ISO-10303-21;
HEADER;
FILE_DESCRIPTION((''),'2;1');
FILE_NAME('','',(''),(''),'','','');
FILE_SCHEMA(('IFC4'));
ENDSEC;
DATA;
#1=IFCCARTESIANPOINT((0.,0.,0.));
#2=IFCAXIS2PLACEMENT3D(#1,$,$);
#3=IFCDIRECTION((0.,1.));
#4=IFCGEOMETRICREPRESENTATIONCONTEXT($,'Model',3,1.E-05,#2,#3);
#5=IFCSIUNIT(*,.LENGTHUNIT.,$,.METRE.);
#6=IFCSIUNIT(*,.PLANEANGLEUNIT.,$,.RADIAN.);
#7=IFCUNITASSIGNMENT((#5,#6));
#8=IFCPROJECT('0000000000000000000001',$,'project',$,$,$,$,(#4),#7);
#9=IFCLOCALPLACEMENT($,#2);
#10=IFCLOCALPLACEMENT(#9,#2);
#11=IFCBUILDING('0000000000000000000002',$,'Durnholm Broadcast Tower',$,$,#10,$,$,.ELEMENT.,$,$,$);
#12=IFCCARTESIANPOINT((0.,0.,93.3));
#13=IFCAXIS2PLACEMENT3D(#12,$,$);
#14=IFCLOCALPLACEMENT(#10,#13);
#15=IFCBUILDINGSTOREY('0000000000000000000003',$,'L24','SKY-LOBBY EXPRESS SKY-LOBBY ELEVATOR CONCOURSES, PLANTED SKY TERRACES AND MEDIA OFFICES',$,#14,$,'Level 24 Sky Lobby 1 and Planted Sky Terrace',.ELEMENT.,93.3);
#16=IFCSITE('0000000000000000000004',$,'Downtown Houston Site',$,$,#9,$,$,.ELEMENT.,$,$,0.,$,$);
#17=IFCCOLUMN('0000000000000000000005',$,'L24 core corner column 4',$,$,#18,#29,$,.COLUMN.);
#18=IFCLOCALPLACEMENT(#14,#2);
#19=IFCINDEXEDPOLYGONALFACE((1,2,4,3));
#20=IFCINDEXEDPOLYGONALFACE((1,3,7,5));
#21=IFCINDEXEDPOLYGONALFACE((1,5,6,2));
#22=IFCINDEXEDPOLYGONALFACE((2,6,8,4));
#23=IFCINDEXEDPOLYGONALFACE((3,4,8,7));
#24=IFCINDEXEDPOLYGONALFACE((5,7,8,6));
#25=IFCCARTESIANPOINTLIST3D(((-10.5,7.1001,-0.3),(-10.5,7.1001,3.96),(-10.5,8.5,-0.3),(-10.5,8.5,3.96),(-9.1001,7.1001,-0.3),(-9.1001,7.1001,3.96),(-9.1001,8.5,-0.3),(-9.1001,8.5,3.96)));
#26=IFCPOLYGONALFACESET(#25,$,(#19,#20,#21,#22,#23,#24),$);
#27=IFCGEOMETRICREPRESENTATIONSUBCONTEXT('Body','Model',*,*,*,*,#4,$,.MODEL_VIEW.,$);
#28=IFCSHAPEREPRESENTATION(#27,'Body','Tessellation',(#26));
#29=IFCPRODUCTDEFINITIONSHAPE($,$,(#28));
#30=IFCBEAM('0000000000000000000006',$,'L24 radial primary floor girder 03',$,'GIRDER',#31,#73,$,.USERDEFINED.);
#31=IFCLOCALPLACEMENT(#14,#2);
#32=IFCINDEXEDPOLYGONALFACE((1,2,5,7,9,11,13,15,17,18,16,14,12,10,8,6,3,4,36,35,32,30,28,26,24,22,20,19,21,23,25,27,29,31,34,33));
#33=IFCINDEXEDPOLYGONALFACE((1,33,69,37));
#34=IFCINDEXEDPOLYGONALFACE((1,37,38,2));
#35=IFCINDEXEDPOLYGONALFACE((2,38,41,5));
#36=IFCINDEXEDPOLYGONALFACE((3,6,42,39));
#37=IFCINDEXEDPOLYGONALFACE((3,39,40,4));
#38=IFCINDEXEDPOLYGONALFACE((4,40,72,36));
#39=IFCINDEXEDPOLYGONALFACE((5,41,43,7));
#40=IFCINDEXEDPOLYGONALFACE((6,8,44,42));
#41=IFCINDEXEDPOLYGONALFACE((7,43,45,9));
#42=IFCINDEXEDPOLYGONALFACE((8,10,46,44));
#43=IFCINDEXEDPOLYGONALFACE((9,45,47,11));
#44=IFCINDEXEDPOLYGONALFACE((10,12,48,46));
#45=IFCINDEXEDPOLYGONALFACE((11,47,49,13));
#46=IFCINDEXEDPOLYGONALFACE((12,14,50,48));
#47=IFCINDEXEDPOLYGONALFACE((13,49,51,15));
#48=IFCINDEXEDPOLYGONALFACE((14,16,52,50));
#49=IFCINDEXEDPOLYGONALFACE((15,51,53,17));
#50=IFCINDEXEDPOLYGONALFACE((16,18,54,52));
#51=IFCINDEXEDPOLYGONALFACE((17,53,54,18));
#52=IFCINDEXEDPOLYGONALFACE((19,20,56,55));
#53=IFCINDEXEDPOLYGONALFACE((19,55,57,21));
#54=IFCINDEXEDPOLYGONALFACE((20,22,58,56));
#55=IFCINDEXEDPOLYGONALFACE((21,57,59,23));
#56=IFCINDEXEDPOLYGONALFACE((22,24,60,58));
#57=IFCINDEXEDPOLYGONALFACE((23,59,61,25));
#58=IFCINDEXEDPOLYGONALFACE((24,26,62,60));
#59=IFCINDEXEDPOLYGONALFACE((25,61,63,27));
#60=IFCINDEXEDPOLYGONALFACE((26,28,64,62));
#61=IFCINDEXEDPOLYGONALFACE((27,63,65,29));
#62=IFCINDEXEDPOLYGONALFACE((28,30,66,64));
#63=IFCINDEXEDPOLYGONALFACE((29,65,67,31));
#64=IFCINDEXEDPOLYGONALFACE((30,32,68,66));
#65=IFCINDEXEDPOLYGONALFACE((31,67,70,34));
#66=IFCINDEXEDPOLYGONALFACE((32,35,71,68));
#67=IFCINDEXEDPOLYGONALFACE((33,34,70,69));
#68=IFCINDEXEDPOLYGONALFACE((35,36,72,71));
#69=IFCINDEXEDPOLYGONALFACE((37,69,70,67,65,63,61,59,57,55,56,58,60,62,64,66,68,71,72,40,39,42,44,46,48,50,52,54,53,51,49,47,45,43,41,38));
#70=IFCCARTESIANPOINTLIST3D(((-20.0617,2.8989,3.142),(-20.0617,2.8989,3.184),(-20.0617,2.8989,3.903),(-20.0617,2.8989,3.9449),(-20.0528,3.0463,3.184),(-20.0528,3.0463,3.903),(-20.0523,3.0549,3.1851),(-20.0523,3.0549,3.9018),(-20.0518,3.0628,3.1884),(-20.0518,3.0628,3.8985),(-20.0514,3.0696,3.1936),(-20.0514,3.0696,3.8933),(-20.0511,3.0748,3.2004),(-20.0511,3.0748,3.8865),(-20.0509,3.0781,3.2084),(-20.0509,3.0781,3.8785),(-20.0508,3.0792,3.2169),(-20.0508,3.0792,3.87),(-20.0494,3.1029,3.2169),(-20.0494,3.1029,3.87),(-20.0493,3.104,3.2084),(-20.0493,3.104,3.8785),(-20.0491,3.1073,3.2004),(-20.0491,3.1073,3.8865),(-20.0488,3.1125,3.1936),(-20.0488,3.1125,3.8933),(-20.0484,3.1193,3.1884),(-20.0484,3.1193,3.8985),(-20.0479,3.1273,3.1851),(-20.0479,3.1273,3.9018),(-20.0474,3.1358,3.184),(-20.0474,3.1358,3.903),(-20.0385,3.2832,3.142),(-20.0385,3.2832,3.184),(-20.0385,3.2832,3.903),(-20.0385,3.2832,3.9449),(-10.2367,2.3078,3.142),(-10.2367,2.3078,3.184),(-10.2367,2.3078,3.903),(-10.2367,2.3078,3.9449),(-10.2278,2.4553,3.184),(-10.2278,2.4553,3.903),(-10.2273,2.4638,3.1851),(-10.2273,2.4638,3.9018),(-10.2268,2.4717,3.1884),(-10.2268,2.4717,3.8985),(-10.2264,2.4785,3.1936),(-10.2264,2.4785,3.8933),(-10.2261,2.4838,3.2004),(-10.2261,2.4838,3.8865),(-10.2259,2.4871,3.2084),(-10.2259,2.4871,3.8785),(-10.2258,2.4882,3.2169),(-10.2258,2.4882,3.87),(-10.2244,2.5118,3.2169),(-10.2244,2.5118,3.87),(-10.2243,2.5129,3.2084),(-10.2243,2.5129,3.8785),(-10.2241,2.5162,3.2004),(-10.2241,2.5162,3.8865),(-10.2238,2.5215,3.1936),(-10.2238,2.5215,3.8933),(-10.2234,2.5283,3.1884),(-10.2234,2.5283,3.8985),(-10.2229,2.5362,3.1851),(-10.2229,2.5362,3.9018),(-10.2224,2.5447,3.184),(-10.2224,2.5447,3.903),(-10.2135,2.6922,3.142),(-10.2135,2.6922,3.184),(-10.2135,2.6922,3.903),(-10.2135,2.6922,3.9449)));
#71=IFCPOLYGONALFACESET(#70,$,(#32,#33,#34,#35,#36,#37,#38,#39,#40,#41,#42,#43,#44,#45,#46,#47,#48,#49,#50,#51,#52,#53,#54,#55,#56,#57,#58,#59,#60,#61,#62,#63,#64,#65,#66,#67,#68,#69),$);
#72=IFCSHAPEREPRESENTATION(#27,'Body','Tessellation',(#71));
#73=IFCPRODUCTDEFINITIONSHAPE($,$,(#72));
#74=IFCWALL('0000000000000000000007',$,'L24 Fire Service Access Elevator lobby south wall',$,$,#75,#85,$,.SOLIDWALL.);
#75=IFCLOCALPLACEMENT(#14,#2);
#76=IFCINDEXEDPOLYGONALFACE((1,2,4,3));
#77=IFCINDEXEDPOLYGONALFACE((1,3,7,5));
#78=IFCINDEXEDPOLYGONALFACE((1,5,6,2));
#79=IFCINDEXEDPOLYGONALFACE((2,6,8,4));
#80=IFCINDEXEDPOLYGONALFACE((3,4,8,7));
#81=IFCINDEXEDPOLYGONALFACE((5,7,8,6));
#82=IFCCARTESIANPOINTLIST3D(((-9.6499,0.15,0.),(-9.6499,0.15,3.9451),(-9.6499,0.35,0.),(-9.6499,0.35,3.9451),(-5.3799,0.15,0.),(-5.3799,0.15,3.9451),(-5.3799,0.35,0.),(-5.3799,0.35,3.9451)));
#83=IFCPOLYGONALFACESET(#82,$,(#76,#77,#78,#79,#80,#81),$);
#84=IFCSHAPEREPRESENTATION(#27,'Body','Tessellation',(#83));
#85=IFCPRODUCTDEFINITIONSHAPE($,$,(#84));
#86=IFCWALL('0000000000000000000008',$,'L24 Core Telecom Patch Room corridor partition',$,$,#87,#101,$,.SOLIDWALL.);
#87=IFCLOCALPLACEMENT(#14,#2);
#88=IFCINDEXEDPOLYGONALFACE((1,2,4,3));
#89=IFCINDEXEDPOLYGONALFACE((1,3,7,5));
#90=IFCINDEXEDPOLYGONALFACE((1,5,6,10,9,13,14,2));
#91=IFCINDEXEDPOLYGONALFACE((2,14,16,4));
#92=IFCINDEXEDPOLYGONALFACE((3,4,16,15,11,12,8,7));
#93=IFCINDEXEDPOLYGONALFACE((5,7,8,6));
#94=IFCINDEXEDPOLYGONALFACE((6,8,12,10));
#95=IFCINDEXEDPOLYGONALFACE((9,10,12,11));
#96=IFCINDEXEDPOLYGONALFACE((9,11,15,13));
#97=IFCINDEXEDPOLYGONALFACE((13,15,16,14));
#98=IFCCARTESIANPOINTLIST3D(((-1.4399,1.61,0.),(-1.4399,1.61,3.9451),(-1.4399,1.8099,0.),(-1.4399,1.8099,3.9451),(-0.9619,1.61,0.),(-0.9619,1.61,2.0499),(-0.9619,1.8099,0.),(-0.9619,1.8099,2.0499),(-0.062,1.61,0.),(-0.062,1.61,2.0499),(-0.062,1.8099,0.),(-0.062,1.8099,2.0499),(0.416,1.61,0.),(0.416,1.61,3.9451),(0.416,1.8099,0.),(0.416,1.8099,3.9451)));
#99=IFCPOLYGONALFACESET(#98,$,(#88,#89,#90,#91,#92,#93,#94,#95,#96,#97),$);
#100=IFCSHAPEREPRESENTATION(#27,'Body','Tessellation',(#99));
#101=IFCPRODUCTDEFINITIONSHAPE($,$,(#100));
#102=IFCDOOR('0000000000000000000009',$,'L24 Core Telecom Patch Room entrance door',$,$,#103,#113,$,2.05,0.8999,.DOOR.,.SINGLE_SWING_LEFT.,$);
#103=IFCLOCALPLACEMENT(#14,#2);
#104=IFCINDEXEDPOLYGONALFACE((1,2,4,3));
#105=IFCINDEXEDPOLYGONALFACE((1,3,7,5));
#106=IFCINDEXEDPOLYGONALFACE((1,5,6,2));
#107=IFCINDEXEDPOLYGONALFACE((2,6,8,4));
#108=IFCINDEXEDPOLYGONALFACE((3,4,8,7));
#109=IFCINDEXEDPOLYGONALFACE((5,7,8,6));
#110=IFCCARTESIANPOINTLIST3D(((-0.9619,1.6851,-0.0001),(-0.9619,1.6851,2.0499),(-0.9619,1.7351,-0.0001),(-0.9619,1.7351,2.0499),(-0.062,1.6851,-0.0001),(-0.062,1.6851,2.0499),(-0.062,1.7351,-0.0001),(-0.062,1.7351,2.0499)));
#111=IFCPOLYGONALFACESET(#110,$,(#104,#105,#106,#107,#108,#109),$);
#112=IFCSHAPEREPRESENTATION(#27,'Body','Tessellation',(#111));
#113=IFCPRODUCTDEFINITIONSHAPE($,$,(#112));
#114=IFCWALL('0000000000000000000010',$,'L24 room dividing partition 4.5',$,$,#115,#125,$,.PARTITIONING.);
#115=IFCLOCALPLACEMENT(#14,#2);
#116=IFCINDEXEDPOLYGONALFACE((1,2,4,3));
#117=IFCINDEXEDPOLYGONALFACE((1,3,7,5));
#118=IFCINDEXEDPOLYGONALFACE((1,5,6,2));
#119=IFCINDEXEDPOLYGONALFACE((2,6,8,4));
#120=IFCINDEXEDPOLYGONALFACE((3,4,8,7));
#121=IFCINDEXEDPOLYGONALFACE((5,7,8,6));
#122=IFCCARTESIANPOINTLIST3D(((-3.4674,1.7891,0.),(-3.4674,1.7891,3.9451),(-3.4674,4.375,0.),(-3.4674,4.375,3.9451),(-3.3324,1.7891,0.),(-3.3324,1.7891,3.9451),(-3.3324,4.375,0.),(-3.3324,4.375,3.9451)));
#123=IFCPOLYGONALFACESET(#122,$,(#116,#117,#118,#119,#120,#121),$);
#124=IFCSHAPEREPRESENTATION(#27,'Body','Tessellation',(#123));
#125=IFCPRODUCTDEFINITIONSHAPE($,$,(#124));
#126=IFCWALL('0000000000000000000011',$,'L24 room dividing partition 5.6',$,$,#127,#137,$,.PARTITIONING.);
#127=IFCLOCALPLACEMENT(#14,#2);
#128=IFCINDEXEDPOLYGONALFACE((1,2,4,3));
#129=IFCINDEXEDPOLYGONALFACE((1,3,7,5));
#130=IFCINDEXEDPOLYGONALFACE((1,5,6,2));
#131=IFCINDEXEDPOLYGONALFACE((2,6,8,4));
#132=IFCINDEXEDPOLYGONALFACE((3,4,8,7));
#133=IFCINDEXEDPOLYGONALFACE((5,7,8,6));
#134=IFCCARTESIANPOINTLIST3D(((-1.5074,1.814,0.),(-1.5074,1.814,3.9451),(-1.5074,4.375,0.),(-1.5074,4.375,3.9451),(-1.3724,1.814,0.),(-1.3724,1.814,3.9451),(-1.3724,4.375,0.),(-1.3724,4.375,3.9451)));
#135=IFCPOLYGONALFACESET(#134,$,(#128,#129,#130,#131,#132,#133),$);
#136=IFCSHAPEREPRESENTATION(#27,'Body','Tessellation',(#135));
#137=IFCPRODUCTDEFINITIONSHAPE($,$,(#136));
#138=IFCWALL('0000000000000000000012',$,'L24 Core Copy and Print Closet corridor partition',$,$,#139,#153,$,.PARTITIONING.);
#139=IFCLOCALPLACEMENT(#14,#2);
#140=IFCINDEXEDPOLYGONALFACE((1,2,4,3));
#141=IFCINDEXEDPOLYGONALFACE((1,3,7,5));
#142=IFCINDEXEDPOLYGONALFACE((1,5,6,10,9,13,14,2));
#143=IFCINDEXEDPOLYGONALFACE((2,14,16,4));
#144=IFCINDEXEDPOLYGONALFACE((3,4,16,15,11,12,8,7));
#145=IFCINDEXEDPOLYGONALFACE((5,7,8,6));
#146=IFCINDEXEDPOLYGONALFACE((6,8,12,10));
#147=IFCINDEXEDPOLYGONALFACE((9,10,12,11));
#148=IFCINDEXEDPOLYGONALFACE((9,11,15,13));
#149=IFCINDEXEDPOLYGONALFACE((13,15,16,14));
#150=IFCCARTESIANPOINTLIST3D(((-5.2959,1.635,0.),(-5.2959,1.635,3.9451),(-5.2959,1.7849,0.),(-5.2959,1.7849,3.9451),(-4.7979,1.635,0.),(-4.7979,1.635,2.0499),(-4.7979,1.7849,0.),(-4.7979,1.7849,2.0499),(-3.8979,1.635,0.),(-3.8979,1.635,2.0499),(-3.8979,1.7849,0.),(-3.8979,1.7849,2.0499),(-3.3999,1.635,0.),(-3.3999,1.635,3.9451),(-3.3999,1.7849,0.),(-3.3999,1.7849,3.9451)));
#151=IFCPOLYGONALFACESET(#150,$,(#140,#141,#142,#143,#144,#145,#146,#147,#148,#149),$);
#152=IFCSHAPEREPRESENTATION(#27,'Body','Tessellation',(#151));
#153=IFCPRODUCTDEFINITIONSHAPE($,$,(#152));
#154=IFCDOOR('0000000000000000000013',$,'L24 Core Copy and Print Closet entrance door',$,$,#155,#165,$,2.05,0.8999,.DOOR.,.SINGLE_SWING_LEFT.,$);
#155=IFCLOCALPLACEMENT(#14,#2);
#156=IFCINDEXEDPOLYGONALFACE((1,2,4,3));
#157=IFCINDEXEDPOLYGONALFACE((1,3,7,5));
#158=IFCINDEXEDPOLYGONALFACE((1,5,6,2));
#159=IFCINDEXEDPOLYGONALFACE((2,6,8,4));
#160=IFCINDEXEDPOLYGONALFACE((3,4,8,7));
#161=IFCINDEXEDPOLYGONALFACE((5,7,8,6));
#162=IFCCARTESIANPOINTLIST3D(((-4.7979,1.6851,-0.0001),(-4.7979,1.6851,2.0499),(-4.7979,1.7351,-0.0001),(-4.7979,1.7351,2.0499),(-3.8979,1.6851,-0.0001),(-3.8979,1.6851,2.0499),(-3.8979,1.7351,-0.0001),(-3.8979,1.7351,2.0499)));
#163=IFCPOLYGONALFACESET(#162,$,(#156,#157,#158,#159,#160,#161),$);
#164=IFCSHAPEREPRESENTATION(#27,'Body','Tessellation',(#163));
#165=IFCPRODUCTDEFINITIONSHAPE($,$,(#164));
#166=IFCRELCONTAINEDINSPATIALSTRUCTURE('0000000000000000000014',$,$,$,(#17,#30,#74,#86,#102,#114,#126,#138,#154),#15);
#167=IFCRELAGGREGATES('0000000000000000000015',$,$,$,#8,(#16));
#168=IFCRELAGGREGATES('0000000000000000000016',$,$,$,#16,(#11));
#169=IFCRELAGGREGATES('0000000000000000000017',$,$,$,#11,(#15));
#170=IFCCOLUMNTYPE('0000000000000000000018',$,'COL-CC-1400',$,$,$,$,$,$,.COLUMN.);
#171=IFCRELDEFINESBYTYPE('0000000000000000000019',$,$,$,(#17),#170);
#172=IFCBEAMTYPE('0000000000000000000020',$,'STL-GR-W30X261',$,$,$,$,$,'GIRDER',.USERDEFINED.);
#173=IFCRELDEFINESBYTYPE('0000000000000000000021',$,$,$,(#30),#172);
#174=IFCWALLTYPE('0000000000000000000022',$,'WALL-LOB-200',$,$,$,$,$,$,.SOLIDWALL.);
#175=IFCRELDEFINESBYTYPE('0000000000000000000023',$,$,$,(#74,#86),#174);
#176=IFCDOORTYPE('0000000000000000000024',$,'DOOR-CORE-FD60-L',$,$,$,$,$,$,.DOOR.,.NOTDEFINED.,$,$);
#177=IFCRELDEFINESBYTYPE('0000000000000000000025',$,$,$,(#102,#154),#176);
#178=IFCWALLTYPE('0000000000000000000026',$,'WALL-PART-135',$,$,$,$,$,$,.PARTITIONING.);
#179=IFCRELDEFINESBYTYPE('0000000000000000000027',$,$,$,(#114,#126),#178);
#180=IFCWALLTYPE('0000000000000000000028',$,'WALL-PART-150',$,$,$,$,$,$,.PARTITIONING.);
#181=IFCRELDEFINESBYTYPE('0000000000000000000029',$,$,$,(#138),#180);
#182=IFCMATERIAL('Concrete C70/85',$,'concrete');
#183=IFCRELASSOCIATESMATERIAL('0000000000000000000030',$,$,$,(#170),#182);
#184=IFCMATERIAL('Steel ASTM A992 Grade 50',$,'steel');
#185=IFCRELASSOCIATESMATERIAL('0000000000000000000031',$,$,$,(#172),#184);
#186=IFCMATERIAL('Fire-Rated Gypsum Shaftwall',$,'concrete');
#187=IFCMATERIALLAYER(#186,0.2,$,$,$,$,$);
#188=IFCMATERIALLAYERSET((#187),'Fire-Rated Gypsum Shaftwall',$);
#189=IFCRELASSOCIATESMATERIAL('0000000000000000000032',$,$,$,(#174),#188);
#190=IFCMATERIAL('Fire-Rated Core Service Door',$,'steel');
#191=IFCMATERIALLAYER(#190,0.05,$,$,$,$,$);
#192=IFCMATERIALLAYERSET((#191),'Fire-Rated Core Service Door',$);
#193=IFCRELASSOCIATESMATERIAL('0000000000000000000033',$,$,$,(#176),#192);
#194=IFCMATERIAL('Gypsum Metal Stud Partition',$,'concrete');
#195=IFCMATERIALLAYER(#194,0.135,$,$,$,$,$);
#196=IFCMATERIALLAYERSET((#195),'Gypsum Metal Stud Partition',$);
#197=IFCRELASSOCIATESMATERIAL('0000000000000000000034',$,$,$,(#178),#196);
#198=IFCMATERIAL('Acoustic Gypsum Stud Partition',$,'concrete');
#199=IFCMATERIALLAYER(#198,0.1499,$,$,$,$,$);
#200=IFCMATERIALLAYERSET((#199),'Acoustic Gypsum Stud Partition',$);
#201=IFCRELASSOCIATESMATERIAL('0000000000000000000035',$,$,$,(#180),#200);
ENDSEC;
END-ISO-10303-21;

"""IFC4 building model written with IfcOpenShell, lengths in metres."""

from ifc_helpers import new_model, si_unit, direction, frame, frame_2d, origin, origin_2d, place, context, subcontext, project, spatial, rectangle, i_section, extrude, source, transform, mapped, material, layer, layer_set, material_profile, profile_set, type_object, type_shapes, element, fill, save


model = new_model("IFC4")

# Units and contexts
model_context = context("Model", 3, precision=1e-05, world=origin(), true_north=direction((0.0, 1.0)))
body_context = subcontext(model_context, "Body", "Model", "MODEL_VIEW")
ifc_project = project(units=[si_unit("LENGTHUNIT", "METRE"), si_unit("PLANEANGLEUNIT", "RADIAN")], contexts=[model_context])

# Site, building, storey
site_placement = place(None, origin())
site = spatial("IfcSite", under=ifc_project, at=site_placement, Name="Downtown Houston Site", CompositionType="ELEMENT", RefElevation=0.0)
building_placement = place(site_placement, origin())
building = spatial("IfcBuilding", under=site, at=building_placement, Name="Durnholm Broadcast Tower", CompositionType="ELEMENT")
storey_placement = place(building_placement, frame((0.0, 0.0, 93.3)))
storey = spatial("IfcBuildingStorey", under=building, at=storey_placement, Name="L24", Description="SKY-LOBBY EXPRESS SKY-LOBBY ELEVATOR CONCOURSES, PLANTED SKY TERRACES AND MEDIA OFFICES", LongName="Level 24 Sky Lobby 1 and Planted Sky Terrace", CompositionType="ELEMENT", Elevation=93.3)

# Column
ifc_material_1 = material(Name="Concrete C70/85", Category="concrete")
ifc_material_profile_1 = material_profile(ifc_material_1, rectangle(XDim=1.3999, YDim=1.3999, at=origin_2d()), Name="RC1400X1400")
ifc_profile_set_1 = profile_set([ifc_material_profile_1], Name="Concrete C70/85")
column_type = type_object("IfcColumnType", Name="COL-CC-1400", PredefinedType="COLUMN", material=ifc_profile_set_1)
shared_shape_1 = source(origin(), body_context, "Body", "SweptSolid", [
    extrude(rectangle(XDim=1.3999, YDim=1.3999, at=origin_2d()), origin(), (0.0, 0.0, 1.0), 4.26),
])
type_shapes(column_type, [shared_shape_1])
column_placement = place(storey_placement, frame((-9.8, 7.8, -0.3), z_axis=(0.0, 0.0, 1.0), x_axis=(1.0, 0.0, 0.0)))
element("IfcColumn", 1, at=column_placement, inside=storey, type_object=column_type, Name="L24 core corner column 4", PredefinedType="COLUMN", context=body_context, shape_type="MappedRepresentation", body=[
    mapped(shared_shape_1, transform((0.0, 0.0, 0.0), x_axis=(1.0, 0.0, 0.0), y_axis=(0.0, 1.0, 0.0), z_axis=(0.0, 0.0, 1.0), scale=1.0)),
])

# Beam
ifc_material_2 = material(Name="Steel ASTM A992 Grade 50", Category="steel")
ifc_material_profile_2 = material_profile(ifc_material_2, i_section(OverallWidth=0.385, OverallDepth=0.803, WebThickness=0.0237, FlangeThickness=0.042, FilletRadius=0.033, at=origin_2d()), Name="W30X261")
ifc_profile_set_2 = profile_set([ifc_material_profile_2], Name="Steel ASTM A992 Grade 50")
beam_type = type_object("IfcBeamType", Name="STL-GR-W30X261", ElementType="GIRDER", PredefinedType="USERDEFINED", material=ifc_profile_set_2)
shared_shape_2 = source(origin(), body_context, "Body", "SweptSolid", [
    extrude(i_section(OverallWidth=0.385, OverallDepth=0.803, WebThickness=0.0237, FlangeThickness=0.042, FilletRadius=0.033, at=origin_2d()), origin(), (0.0, 0.0, 1.0), 9.8428),
])
type_shapes(beam_type, [shared_shape_2])
beam_placement = place(storey_placement, frame((-10.2251, 2.5, 3.5435), z_axis=(-0.998195, 0.060051, 0.0), x_axis=(-0.060051, -0.998195, 0.0)))
element("IfcBeam", 2, at=beam_placement, inside=storey, type_object=beam_type, Name="L24 radial primary floor girder 03", ObjectType="GIRDER", PredefinedType="USERDEFINED", context=body_context, shape_type="MappedRepresentation", body=[
    mapped(shared_shape_2, transform((0.0, 0.0, 0.0), x_axis=(1.0, 0.0, 0.0), y_axis=(0.0, 1.0, 0.0), z_axis=(0.0, 0.0, 1.0), scale=1.0)),
])

# Wall
ifc_material_3 = material(Name="Fire-Rated Gypsum Shaftwall", Category="concrete")
ifc_layer_1 = layer(ifc_material_3, 0.2)
ifc_layer_set_1 = layer_set([ifc_layer_1], Name="Fire-Rated Gypsum Shaftwall")
wall_type_1 = type_object("IfcWallType", Name="WALL-LOB-200", PredefinedType="SOLIDWALL", material=ifc_layer_set_1)
wall_1_placement = place(storey_placement, frame((-9.6499, 0.25, 0.0), z_axis=(0.0, 0.0, 1.0), x_axis=(1.0, 0.0, 0.0)))
element("IfcWall", 3, at=wall_1_placement, inside=storey, type_object=wall_type_1, Name="L24 Fire Service Access Elevator lobby south wall", PredefinedType="SOLIDWALL", context=body_context, shape_type="SweptSolid", body=[
    extrude(rectangle(XDim=4.27, YDim=0.2, at=frame_2d((2.135, 0.0))), origin(), (0.0, 0.0, 1.0), 3.9451),
])

# Wall, opening, door
wall_2_placement = place(storey_placement, frame((0.416, 1.71, 0.0), z_axis=(0.0, 0.0, 1.0), x_axis=(-1.0, 0.0, 0.0)))
wall_2 = element("IfcWall", 4, at=wall_2_placement, inside=storey, type_object=wall_type_1, Name="L24 Core Telecom Patch Room corridor partition", PredefinedType="SOLIDWALL", context=body_context, shape_type="SweptSolid", body=[
    extrude(rectangle(XDim=1.856, YDim=0.2, at=frame_2d((0.928, 0.0))), origin(), (0.0, 0.0, 1.0), 3.9451),
])
opening_1_placement = place(wall_2_placement, frame((0.478, 0.0, 0.0)))
opening_1 = element("IfcOpeningElement", 5, at=opening_1_placement, cuts=wall_2, PredefinedType="OPENING", context=body_context, shape_type="SweptSolid", body=[
    extrude(rectangle(XDim=0.8999, YDim=2.05, at=frame_2d((0.45, 1.0249))), frame((0.0, 0.1099, 0.0), z_axis=(0.0, -1.0, 0.0), x_axis=(1.0, 0.0, 0.0)), (0.0, 0.0, 1.0), 0.22),
])
ifc_material_4 = material(Name="Fire-Rated Core Service Door", Category="steel")
ifc_layer_2 = layer(ifc_material_4, 0.05)
ifc_layer_set_2 = layer_set([ifc_layer_2], Name="Fire-Rated Core Service Door")
door_type_1 = type_object("IfcDoorType", Name="DOOR-CORE-FD60-L", OperationType="NOTDEFINED", PredefinedType="DOOR", material=ifc_layer_set_2)
shared_shape_3 = source(origin(), body_context, "Body", "SweptSolid", [
    extrude(rectangle(XDim=0.8999, YDim=2.05, at=frame_2d((0.45, 1.0249))), frame((0.0, 0.0249, 0.0), z_axis=(0.0, -1.0, 0.0), x_axis=(1.0, 0.0, 0.0)), (0.0, 0.0, 1.0), 0.05),
])
type_shapes(door_type_1, [shared_shape_3])
door_1_placement = place(opening_1_placement, origin())
door_1 = element("IfcDoor", 6, at=door_1_placement, inside=storey, type_object=door_type_1, Name="L24 Core Telecom Patch Room entrance door", OperationType="SINGLE_SWING_LEFT", OverallHeight=2.05, OverallWidth=0.8999, PredefinedType="DOOR", context=body_context, shape_type="MappedRepresentation", body=[
    mapped(shared_shape_3, transform((0.0, 0.0, 0.0), x_axis=(1.0, 0.0, 0.0), y_axis=(0.0, 1.0, 0.0), z_axis=(0.0, 0.0, 1.0), scale=1.0)),
])
fill(opening_1, door_1)

# Walls
ifc_material_5 = material(Name="Gypsum Metal Stud Partition", Category="concrete")
ifc_layer_3 = layer(ifc_material_5, 0.135)
ifc_layer_set_3 = layer_set([ifc_layer_3], Name="Gypsum Metal Stud Partition")
wall_type_2 = type_object("IfcWallType", Name="WALL-PART-135", PredefinedType="PARTITIONING", material=ifc_layer_set_3)
wall_3_placement = place(storey_placement, frame((-3.3999, 4.375, 0.0), z_axis=(0.0, 0.0, 1.0), x_axis=(0.0, -1.0, 0.0)))
element("IfcWall", 7, at=wall_3_placement, inside=storey, type_object=wall_type_2, Name="L24 room dividing partition 4.5", PredefinedType="PARTITIONING", context=body_context, shape_type="SweptSolid", body=[
    extrude(rectangle(XDim=2.5859, YDim=0.135, at=frame_2d((1.293, 0.0))), origin(), (0.0, 0.0, 1.0), 3.9451),
])
wall_4_placement = place(storey_placement, frame((-1.4399, 4.375, 0.0), z_axis=(0.0, 0.0, 1.0), x_axis=(0.0, -1.0, 0.0)))
element("IfcWall", 8, at=wall_4_placement, inside=storey, type_object=wall_type_2, Name="L24 room dividing partition 5.6", PredefinedType="PARTITIONING", context=body_context, shape_type="SweptSolid", body=[
    extrude(rectangle(XDim=2.561, YDim=0.135, at=frame_2d((1.2805, 0.0))), origin(), (0.0, 0.0, 1.0), 3.9451),
])

# Wall, opening, door
ifc_material_6 = material(Name="Acoustic Gypsum Stud Partition", Category="concrete")
ifc_layer_4 = layer(ifc_material_6, 0.1499)
ifc_layer_set_4 = layer_set([ifc_layer_4], Name="Acoustic Gypsum Stud Partition")
wall_type_3 = type_object("IfcWallType", Name="WALL-PART-150", PredefinedType="PARTITIONING", material=ifc_layer_set_4)
wall_5_placement = place(storey_placement, frame((-3.3999, 1.71, 0.0), z_axis=(0.0, 0.0, 1.0), x_axis=(-1.0, 0.0, 0.0)))
wall_5 = element("IfcWall", 9, at=wall_5_placement, inside=storey, type_object=wall_type_3, Name="L24 Core Copy and Print Closet corridor partition", PredefinedType="PARTITIONING", context=body_context, shape_type="SweptSolid", body=[
    extrude(rectangle(XDim=1.896, YDim=0.1499, at=frame_2d((0.948, 0.0))), origin(), (0.0, 0.0, 1.0), 3.9451),
])
opening_2_placement = place(wall_5_placement, frame((0.498, 0.0, 0.0)))
opening_2 = element("IfcOpeningElement", 10, at=opening_2_placement, cuts=wall_5, PredefinedType="OPENING", context=body_context, shape_type="SweptSolid", body=[
    extrude(rectangle(XDim=0.8999, YDim=2.05, at=frame_2d((0.45, 1.0249))), frame((0.0, 0.085, 0.0), z_axis=(0.0, -1.0, 0.0), x_axis=(1.0, 0.0, 0.0)), (0.0, 0.0, 1.0), 0.1699),
])
door_2_placement = place(opening_2_placement, origin())
door_2 = element("IfcDoor", 11, at=door_2_placement, inside=storey, type_object=door_type_1, Name="L24 Core Copy and Print Closet entrance door", OperationType="SINGLE_SWING_LEFT", OverallHeight=2.05, OverallWidth=0.8999, PredefinedType="DOOR", context=body_context, shape_type="MappedRepresentation", body=[
    mapped(shared_shape_3, transform((0.0, 0.0, 0.0), x_axis=(1.0, 0.0, 0.0), y_axis=(0.0, 1.0, 0.0), z_axis=(0.0, 0.0, 1.0), scale=1.0)),
])
fill(opening_2, door_2)

save(model, "model.ifc")
